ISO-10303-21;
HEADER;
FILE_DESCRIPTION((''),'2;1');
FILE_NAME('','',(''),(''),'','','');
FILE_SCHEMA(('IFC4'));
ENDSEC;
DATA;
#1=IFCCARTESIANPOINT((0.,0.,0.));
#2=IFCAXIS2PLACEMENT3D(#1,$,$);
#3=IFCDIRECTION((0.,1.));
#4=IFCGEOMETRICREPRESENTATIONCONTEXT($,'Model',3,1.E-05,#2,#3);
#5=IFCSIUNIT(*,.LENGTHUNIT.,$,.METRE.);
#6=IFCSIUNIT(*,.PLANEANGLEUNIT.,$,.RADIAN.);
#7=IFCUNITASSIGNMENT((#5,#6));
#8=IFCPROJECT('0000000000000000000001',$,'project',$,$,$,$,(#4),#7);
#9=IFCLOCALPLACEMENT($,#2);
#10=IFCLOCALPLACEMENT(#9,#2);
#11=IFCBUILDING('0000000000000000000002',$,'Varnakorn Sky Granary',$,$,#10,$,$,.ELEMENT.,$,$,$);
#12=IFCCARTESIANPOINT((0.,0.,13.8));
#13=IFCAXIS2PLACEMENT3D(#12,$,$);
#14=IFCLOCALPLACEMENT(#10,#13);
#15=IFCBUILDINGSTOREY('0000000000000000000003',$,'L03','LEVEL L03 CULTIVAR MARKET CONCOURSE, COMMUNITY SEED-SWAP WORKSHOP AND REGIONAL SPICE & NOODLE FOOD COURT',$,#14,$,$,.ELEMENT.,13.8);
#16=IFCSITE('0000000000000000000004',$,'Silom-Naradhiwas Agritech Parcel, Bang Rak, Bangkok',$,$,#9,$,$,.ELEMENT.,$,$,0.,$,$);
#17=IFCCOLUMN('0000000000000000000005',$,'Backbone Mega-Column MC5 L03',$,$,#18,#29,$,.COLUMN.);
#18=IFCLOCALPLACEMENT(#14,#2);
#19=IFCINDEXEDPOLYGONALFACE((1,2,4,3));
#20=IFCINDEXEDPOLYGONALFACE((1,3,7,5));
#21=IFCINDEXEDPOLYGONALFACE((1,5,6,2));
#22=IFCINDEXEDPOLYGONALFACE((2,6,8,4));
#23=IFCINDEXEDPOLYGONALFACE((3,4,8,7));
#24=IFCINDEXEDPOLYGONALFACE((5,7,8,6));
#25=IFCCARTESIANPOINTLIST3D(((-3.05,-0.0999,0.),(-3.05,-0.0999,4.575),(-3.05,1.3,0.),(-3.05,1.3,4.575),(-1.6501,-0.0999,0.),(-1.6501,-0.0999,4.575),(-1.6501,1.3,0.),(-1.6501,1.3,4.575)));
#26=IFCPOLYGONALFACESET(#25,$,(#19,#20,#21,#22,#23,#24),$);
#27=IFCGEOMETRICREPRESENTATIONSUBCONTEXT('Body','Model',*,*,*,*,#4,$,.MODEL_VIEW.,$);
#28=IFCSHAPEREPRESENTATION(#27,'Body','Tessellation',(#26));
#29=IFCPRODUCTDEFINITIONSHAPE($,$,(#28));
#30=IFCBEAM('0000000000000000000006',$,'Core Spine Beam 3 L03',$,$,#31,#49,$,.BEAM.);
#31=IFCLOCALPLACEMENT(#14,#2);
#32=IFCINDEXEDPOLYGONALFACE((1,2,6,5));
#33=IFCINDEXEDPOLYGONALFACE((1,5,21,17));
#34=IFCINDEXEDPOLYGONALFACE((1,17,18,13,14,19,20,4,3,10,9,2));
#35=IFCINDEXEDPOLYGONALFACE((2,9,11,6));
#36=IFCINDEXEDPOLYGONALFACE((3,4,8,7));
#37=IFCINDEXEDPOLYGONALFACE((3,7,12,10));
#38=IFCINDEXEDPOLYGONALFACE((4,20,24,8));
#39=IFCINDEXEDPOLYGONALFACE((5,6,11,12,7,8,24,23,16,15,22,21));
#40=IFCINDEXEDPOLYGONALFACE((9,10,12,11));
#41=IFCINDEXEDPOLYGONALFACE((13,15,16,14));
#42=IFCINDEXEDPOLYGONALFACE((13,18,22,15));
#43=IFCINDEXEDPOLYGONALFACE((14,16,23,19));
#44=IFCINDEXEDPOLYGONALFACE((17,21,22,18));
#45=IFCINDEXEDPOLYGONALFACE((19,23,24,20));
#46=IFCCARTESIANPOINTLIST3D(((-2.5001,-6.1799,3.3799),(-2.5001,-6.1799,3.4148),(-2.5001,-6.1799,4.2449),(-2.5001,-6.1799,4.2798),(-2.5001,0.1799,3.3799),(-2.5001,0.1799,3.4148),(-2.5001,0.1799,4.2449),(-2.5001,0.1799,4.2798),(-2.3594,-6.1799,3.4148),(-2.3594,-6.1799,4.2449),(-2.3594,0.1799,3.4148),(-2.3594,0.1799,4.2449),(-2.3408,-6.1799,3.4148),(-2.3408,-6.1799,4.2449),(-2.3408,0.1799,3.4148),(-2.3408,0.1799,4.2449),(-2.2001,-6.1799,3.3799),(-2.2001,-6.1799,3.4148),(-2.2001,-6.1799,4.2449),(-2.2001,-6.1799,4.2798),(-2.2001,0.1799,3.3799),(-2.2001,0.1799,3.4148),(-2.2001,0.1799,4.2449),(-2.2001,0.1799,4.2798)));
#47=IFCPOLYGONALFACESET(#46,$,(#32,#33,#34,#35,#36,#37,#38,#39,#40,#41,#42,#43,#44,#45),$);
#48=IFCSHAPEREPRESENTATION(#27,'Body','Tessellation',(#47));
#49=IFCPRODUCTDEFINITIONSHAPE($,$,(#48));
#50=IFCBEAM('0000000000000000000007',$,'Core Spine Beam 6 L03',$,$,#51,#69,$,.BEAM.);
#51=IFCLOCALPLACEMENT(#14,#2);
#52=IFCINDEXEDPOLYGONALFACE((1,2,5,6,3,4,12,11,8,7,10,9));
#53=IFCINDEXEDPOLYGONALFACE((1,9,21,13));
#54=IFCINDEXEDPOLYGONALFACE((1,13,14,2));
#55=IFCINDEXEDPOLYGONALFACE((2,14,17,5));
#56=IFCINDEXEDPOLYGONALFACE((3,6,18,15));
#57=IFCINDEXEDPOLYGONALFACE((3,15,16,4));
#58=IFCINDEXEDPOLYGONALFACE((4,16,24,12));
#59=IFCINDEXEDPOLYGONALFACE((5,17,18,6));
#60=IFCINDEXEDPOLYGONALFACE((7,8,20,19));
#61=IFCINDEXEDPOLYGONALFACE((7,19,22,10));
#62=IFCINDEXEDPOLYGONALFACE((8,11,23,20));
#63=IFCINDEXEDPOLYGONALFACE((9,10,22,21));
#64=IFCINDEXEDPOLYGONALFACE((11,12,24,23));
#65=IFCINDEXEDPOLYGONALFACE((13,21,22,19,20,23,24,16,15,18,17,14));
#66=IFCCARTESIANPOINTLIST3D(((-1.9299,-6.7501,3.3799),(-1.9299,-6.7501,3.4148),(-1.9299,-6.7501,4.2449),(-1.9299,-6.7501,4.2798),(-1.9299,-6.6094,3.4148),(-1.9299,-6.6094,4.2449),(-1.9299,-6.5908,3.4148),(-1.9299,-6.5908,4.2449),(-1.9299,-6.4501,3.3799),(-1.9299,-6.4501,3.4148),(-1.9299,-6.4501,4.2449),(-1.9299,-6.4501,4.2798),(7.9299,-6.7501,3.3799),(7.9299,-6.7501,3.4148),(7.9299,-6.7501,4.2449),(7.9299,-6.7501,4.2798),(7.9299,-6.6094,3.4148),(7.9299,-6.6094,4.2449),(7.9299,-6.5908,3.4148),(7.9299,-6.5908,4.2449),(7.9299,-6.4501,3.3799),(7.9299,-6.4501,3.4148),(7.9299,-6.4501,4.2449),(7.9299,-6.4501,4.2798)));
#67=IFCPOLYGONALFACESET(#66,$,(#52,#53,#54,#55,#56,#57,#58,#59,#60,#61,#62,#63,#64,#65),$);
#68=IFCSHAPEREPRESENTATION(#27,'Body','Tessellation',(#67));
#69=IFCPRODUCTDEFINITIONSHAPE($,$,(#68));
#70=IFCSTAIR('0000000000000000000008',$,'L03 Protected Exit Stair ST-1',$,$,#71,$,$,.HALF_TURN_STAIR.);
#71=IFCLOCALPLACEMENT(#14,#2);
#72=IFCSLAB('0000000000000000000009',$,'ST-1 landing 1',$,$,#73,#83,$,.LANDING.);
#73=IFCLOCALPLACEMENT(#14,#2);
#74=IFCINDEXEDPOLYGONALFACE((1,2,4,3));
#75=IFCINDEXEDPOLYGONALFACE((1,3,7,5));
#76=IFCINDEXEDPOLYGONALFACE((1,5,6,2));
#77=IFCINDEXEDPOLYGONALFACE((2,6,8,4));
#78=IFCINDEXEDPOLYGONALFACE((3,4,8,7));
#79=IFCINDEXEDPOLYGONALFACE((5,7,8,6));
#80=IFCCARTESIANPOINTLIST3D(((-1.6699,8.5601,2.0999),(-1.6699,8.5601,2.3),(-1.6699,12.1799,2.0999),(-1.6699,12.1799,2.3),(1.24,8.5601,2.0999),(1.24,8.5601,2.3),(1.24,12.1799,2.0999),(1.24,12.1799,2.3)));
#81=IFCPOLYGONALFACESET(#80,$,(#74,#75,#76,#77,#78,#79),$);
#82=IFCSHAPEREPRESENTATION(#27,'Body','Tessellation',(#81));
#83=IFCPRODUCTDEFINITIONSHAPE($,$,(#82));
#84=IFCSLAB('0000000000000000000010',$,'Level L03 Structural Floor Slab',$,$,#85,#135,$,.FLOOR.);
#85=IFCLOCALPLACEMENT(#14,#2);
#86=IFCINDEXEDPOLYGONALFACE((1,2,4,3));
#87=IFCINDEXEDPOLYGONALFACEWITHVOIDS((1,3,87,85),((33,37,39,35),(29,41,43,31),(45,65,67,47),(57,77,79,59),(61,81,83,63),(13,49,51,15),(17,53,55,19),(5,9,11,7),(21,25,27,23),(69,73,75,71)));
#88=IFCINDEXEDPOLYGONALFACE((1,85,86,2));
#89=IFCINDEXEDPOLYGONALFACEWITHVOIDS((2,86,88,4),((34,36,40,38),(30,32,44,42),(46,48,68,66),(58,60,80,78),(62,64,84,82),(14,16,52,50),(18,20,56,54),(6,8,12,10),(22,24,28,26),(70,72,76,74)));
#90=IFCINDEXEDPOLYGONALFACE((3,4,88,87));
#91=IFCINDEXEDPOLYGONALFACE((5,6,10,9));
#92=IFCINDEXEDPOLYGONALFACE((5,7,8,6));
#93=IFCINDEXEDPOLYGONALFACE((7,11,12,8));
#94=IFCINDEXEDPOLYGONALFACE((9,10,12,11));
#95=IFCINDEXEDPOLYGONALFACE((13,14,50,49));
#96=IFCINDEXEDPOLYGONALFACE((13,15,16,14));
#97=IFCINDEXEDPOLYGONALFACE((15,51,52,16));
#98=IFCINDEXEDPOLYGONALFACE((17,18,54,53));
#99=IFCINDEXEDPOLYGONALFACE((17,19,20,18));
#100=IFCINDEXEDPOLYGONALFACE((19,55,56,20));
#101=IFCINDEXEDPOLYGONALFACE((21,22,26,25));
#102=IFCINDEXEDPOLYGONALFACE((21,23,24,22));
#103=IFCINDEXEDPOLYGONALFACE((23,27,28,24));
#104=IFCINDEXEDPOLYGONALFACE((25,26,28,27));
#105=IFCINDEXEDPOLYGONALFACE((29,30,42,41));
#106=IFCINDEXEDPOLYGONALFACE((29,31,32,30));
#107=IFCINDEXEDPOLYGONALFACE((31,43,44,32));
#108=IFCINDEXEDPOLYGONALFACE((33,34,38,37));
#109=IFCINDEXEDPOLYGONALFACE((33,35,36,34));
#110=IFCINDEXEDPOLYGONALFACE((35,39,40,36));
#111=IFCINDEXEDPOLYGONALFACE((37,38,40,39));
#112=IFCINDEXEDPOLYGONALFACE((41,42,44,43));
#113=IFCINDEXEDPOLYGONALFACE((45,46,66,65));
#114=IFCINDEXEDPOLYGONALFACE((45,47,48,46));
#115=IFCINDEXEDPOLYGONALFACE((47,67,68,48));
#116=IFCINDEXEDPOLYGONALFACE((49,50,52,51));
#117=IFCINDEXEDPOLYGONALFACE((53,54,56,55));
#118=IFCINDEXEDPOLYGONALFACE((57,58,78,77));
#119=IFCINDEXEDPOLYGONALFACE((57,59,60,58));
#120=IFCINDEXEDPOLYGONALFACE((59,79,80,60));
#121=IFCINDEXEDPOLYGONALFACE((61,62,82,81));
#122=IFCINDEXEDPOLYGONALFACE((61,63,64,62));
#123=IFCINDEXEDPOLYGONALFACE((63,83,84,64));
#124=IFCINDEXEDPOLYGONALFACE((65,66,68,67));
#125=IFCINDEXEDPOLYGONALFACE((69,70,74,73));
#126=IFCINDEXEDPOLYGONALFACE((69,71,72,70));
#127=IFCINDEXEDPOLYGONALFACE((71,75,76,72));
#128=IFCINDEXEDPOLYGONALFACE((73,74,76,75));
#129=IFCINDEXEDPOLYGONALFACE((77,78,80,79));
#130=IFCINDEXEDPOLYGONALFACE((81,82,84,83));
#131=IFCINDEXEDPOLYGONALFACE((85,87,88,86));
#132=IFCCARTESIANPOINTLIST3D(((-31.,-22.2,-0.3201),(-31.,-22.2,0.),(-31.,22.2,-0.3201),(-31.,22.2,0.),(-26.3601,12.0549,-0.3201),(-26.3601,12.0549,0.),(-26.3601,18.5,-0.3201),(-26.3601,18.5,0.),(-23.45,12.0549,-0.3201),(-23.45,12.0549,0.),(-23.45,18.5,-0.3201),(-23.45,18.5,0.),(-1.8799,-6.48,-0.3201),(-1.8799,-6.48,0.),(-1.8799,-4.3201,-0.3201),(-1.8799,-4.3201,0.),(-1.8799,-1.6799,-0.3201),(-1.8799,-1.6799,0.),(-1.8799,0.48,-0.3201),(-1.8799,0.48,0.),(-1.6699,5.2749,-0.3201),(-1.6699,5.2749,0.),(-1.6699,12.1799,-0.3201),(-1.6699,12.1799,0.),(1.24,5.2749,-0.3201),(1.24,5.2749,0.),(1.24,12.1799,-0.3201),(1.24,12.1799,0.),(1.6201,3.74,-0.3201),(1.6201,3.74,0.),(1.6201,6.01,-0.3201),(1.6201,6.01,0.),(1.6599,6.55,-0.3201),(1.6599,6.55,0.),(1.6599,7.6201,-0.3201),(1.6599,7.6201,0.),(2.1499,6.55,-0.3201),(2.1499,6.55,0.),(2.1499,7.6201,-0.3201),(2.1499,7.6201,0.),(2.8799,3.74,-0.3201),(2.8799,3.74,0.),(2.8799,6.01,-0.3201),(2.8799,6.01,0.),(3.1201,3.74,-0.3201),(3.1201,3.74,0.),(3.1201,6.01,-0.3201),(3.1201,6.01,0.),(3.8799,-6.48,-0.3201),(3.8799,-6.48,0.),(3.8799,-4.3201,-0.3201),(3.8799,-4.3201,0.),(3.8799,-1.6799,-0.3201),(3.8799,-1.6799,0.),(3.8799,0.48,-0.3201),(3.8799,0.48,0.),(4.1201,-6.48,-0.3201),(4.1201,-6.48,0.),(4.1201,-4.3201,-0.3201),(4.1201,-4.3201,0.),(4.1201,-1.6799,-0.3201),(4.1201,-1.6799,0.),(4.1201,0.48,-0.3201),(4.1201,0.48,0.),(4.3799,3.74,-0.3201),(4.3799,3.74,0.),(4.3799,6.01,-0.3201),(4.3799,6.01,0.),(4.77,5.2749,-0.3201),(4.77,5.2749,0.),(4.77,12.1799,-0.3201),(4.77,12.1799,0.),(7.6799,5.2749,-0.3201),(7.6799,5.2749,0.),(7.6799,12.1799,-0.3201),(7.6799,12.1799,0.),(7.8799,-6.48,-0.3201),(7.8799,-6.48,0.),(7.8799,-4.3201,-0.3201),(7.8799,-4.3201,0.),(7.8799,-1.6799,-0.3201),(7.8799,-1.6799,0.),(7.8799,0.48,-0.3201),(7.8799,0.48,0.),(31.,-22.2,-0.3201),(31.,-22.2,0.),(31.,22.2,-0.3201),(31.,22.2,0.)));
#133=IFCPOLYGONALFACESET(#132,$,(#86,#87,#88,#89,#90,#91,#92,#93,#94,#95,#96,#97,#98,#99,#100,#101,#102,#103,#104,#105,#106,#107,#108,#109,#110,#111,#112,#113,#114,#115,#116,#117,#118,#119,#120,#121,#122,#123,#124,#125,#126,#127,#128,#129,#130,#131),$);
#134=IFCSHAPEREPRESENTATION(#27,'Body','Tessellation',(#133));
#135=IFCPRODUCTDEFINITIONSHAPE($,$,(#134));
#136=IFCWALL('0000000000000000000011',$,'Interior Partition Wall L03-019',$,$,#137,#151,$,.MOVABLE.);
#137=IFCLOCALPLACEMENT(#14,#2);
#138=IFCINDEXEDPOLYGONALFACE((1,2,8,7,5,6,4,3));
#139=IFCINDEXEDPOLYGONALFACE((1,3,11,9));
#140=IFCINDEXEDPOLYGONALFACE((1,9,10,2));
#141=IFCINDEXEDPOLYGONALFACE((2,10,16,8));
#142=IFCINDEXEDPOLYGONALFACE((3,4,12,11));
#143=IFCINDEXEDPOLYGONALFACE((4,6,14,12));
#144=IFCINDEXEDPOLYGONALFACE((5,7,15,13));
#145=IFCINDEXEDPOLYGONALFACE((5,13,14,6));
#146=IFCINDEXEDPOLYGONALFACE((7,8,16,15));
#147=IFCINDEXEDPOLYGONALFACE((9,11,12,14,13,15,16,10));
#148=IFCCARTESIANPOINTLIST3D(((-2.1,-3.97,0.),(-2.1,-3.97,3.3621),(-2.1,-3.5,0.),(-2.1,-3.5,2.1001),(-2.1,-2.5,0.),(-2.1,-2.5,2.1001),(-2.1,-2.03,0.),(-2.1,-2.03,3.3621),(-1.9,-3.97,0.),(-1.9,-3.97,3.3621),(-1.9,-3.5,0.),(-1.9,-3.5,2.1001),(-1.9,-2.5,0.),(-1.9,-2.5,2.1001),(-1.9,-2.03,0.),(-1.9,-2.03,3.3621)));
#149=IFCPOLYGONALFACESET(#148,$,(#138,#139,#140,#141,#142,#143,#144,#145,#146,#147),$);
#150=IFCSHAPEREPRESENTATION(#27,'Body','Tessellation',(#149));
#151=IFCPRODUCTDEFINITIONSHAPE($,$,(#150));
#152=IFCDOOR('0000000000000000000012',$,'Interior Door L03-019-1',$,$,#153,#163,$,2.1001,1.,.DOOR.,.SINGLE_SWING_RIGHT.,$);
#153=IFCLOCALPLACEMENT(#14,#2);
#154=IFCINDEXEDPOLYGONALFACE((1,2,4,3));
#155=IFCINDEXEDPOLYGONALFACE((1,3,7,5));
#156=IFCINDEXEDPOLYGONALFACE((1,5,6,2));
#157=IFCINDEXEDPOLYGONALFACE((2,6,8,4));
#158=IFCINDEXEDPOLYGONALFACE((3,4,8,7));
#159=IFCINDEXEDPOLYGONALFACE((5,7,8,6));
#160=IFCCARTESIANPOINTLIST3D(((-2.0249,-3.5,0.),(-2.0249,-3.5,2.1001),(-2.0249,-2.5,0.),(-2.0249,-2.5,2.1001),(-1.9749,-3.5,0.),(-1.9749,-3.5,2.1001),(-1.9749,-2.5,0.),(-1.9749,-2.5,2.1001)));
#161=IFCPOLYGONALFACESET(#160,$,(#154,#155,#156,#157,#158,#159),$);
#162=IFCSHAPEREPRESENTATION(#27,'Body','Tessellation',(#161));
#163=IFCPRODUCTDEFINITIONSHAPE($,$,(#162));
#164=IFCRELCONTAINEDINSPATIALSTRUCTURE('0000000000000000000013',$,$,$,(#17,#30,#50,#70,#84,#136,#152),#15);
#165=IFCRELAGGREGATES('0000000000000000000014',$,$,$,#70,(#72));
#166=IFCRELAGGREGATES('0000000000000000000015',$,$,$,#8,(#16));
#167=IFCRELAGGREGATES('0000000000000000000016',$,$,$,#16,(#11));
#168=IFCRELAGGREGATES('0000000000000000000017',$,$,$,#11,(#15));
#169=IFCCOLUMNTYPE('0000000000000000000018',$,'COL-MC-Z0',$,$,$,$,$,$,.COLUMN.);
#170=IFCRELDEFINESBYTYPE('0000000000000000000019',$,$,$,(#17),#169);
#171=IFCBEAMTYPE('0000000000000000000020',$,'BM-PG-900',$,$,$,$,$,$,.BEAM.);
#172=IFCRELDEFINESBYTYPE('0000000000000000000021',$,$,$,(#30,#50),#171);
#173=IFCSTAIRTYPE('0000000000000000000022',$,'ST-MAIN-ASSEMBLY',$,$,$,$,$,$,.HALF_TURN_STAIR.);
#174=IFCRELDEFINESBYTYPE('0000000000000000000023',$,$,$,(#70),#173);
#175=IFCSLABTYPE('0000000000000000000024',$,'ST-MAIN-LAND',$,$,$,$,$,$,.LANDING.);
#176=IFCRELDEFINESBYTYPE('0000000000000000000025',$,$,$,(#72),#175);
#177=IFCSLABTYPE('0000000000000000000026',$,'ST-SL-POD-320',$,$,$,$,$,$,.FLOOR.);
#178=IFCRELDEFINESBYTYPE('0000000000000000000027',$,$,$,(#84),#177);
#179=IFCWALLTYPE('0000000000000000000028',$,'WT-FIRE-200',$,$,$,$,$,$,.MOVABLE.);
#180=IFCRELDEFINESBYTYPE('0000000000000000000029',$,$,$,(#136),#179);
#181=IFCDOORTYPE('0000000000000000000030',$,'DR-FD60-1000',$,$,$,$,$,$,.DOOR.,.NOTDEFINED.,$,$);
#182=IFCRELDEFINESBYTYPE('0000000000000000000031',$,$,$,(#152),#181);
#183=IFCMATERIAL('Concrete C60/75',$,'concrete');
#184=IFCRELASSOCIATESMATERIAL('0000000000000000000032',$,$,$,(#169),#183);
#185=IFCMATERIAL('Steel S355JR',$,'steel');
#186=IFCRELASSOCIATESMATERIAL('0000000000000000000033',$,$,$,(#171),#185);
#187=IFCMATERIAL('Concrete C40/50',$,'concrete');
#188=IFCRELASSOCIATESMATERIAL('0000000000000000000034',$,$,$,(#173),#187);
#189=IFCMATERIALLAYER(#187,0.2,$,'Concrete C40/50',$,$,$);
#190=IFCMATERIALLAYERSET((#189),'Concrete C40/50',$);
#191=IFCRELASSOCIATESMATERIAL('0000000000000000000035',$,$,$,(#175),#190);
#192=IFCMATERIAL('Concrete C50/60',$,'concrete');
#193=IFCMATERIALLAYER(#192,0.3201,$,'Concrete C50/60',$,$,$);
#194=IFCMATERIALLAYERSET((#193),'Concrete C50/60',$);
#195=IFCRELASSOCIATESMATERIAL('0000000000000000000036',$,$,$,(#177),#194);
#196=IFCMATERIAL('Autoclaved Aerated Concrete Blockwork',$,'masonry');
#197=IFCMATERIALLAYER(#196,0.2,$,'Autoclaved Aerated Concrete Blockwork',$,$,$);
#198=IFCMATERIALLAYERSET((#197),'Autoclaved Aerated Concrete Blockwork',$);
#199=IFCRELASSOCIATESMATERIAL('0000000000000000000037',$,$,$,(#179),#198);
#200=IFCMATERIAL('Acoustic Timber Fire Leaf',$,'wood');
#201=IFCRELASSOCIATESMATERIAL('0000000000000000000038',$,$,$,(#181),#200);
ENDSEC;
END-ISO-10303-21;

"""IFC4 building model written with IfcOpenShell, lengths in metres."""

from ifc_helpers import new_model, si_unit, direction, frame, frame_2d, origin, origin_2d, place, context, subcontext, project, spatial, polyline, rectangle, i_section, outline, extrude, material, layer, layer_set, material_profile, profile_set, type_object, element, fill, aggregate, save


model = new_model("IFC4")

# Units and contexts
model_context = context("Model", 3, precision=1e-05, world=origin(), true_north=direction((0.0, 1.0)))
body_context = subcontext(model_context, "Body", "Model", "MODEL_VIEW")
ifc_project = project(units=[si_unit("LENGTHUNIT", "METRE"), si_unit("PLANEANGLEUNIT", "RADIAN")], contexts=[model_context])

# Site, building, storey
site_placement = place(None, origin())
site = spatial("IfcSite", under=ifc_project, at=site_placement, Name="Silom-Naradhiwas Agritech Parcel, Bang Rak, Bangkok", CompositionType="ELEMENT", RefElevation=0.0)
building_placement = place(site_placement, origin())
building = spatial("IfcBuilding", under=site, at=building_placement, Name="Varnakorn Sky Granary", CompositionType="ELEMENT")
storey_placement = place(building_placement, frame((0.0, 0.0, 13.8)))
storey = spatial("IfcBuildingStorey", under=building, at=storey_placement, Name="L03", Description="LEVEL L03 CULTIVAR MARKET CONCOURSE, COMMUNITY SEED-SWAP WORKSHOP AND REGIONAL SPICE & NOODLE FOOD COURT", CompositionType="ELEMENT", Elevation=13.8)

# Column
ifc_material_1 = material(Name="Concrete C60/75", Category="concrete")
ifc_material_profile_1 = material_profile(ifc_material_1, rectangle(XDim=1.3999, YDim=1.3999, at=origin_2d()), Name="RC 1400x1400")
ifc_profile_set_1 = profile_set([ifc_material_profile_1], Name="Concrete C60/75")
column_type = type_object("IfcColumnType", Name="COL-MC-Z0", PredefinedType="COLUMN", material=ifc_profile_set_1)
column_placement = place(storey_placement, frame((-2.3501, 0.6001, 0.0), z_axis=(0.0, 0.0, 1.0), x_axis=(1.0, 0.0, 0.0)))
element("IfcColumn", 1, at=column_placement, inside=storey, type_object=column_type, Name="Backbone Mega-Column MC5 L03", PredefinedType="COLUMN", context=body_context, shape_type="SweptSolid", body=[
    extrude(rectangle(XDim=1.3999, YDim=1.3999, at=origin_2d()), origin(), (0.0, 0.0, 1.0), 4.575),
])

# Beams
ifc_material_2 = material(Name="Steel S355JR", Category="steel")
ifc_material_profile_2 = material_profile(ifc_material_2, i_section(OverallWidth=0.3, OverallDepth=0.8999, WebThickness=0.0186, FlangeThickness=0.0349, at=origin_2d()), Name="HE 900 B")
ifc_profile_set_2 = profile_set([ifc_material_profile_2], Name="Steel S355JR")
beam_type = type_object("IfcBeamType", Name="BM-PG-900", PredefinedType="BEAM", material=ifc_profile_set_2)
beam_1_placement = place(storey_placement, frame((-2.3501, 0.1799, 3.8298), z_axis=(0.0, -1.0, 0.0), x_axis=(1.0, 0.0, 0.0)))
element("IfcBeam", 2, at=beam_1_placement, inside=storey, type_object=beam_type, Name="Core Spine Beam 3 L03", PredefinedType="BEAM", context=body_context, shape_type="SweptSolid", body=[
    extrude(i_section(OverallWidth=0.3, OverallDepth=0.8999, WebThickness=0.0186, FlangeThickness=0.0349, at=origin_2d()), origin(), (0.0, 0.0, 1.0), 6.3599),
])
beam_2_placement = place(storey_placement, frame((-1.9299, -6.6001, 3.8298), z_axis=(1.0, 0.0, 0.0), x_axis=(0.0, 1.0, 0.0)))
element("IfcBeam", 3, at=beam_2_placement, inside=storey, type_object=beam_type, Name="Core Spine Beam 6 L03", PredefinedType="BEAM", context=body_context, shape_type="SweptSolid", body=[
    extrude(i_section(OverallWidth=0.3, OverallDepth=0.8999, WebThickness=0.0186, FlangeThickness=0.0349, at=origin_2d()), origin(), (0.0, 0.0, 1.0), 9.8599),
])

# Stair, slab
ifc_material_3 = material(Name="Concrete C40/50", Category="concrete")
stair_type = type_object("IfcStairType", Name="ST-MAIN-ASSEMBLY", PredefinedType="HALF_TURN_STAIR", material=ifc_material_3)
stair_placement = place(storey_placement, origin())
stair = element("IfcStair", 4, at=stair_placement, inside=storey, type_object=stair_type, Name="L03 Protected Exit Stair ST-1", PredefinedType="HALF_TURN_STAIR")
ifc_layer_1 = layer(ifc_material_3, 0.2, Name="Concrete C40/50")
ifc_layer_set_1 = layer_set([ifc_layer_1], Name="Concrete C40/50")
slab_type_1 = type_object("IfcSlabType", Name="ST-MAIN-LAND", PredefinedType="LANDING", material=ifc_layer_set_1)
slab_1_placement = place(storey_placement, frame((0.0, 0.0, 2.0999)))
slab_1 = element("IfcSlab", 5, at=slab_1_placement, type_object=slab_type_1, Name="ST-1 landing 1", PredefinedType="LANDING", context=body_context, shape_type="SweptSolid", body=[
    extrude(outline(polyline([(1.24, 8.5601), (1.24, 12.1799), (-1.6699, 12.1799), (-1.6699, 8.5601), (1.24, 8.5601)])), origin(), (0.0, 0.0, 1.0), 0.2002),
])
aggregate(stair, [slab_1])

# Slab
ifc_material_4 = material(Name="Concrete C50/60", Category="concrete")
ifc_layer_2 = layer(ifc_material_4, 0.3201, Name="Concrete C50/60")
ifc_layer_set_2 = layer_set([ifc_layer_2], Name="Concrete C50/60")
slab_type_2 = type_object("IfcSlabType", Name="ST-SL-POD-320", PredefinedType="FLOOR", material=ifc_layer_set_2)
slab_2_placement = place(storey_placement, frame((0.0, 0.0, -0.3201)))
element("IfcSlab", 6, at=slab_2_placement, inside=storey, type_object=slab_type_2, Name="Level L03 Structural Floor Slab", PredefinedType="FLOOR", context=body_context, shape_type="SweptSolid", body=[
    extrude(outline(polyline([(-31.0, -22.2), (31.0, -22.2), (31.0, 22.2), (-31.0, 22.2), (-31.0, -22.2)]), holes=[polyline([(1.24, 5.2749), (1.24, 12.1799), (-1.6699, 12.1799), (-1.6699, 5.2749), (1.24, 5.2749)]), polyline([(7.6799, 5.2749), (7.6799, 12.1799), (4.77, 12.1799), (4.77, 5.2749), (7.6799, 5.2749)]), polyline([(-23.45, 12.0549), (-23.45, 18.5), (-26.3601, 18.5), (-26.3601, 12.0549), (-23.45, 12.0549)]), polyline([(1.6599, 6.55), (2.1499, 6.55), (2.1499, 7.6201), (1.6599, 7.6201), (1.6599, 6.55)]), polyline([(1.6201, 3.74), (2.8799, 3.74), (2.8799, 6.01), (1.6201, 6.01), (1.6201, 3.74)]), polyline([(3.1201, 3.74), (4.3799, 3.74), (4.3799, 6.01), (3.1201, 6.01), (3.1201, 3.74)]), polyline([(-1.8799, -1.6799), (3.8799, -1.6799), (3.8799, 0.48), (-1.8799, 0.48), (-1.8799, -1.6799)]), polyline([(4.1201, -1.6799), (7.8799, -1.6799), (7.8799, 0.48), (4.1201, 0.48), (4.1201, -1.6799)]), polyline([(-1.8799, -6.48), (3.8799, -6.48), (3.8799, -4.3201), (-1.8799, -4.3201), (-1.8799, -6.48)]), polyline([(4.1201, -6.48), (7.8799, -6.48), (7.8799, -4.3201), (4.1201, -4.3201), (4.1201, -6.48)])]), origin(), (0.0, 0.0, 1.0), 0.3201),
])

# Wall, opening, door
ifc_material_5 = material(Name="Autoclaved Aerated Concrete Blockwork", Category="masonry")
ifc_layer_3 = layer(ifc_material_5, 0.2, Name="Autoclaved Aerated Concrete Blockwork")
ifc_layer_set_3 = layer_set([ifc_layer_3], Name="Autoclaved Aerated Concrete Blockwork")
wall_type_1 = type_object("IfcWallType", Name="WT-FIRE-200", PredefinedType="MOVABLE", material=ifc_layer_set_3)
wall_1_placement = place(storey_placement, frame((-2.0, -3.97, 0.0), z_axis=(0.0, 0.0, 1.0), x_axis=(0.0, 1.0, 0.0)))
wall_1 = element("IfcWall", 7, at=wall_1_placement, inside=storey, type_object=wall_type_1, Name="Interior Partition Wall L03-019", PredefinedType="MOVABLE", context=body_context, shape_type="SweptSolid", body=[
    extrude(rectangle(XDim=1.9399, YDim=0.2, at=frame_2d((0.97, 0.0))), origin(), (0.0, 0.0, 1.0), 3.3621),
])
opening_1_placement = place(wall_1_placement, frame((0.47, 0.0, 0.0)))
opening_1 = element("IfcOpeningElement", 8, at=opening_1_placement, cuts=wall_1, PredefinedType="OPENING", context=body_context, shape_type="SweptSolid", body=[
    extrude(rectangle(XDim=1.0, YDim=2.1001, at=frame_2d((0.5, 1.05))), frame((0.0, 0.1099, 0.0), z_axis=(0.0, -1.0, 0.0), x_axis=(1.0, 0.0, 0.0)), (0.0, 0.0, 1.0), 0.22),
])
ifc_material_6 = material(Name="Acoustic Timber Fire Leaf", Category="wood")
door_type_1 = type_object("IfcDoorType", Name="DR-FD60-1000", OperationType="NOTDEFINED", PredefinedType="DOOR", material=ifc_material_6)
door_1_placement = place(opening_1_placement, origin())
door_1 = element("IfcDoor", 9, at=door_1_placement, inside=storey, type_object=door_type_1, Name="Interior Door L03-019-1", OperationType="SINGLE_SWING_RIGHT", OverallHeight=2.1001, OverallWidth=1.0, PredefinedType="DOOR", context=body_context, shape_type="SweptSolid", body=[
    extrude(rectangle(XDim=1.0, YDim=2.1001, at=frame_2d((0.5, 1.05))), frame((0.0, 0.0249, 0.0), z_axis=(0.0, -1.0, 0.0), x_axis=(1.0, 0.0, 0.0)), (0.0, 0.0, 1.0), 0.05),
])
fill(opening_1, door_1)

save(model, "model.ifc")
